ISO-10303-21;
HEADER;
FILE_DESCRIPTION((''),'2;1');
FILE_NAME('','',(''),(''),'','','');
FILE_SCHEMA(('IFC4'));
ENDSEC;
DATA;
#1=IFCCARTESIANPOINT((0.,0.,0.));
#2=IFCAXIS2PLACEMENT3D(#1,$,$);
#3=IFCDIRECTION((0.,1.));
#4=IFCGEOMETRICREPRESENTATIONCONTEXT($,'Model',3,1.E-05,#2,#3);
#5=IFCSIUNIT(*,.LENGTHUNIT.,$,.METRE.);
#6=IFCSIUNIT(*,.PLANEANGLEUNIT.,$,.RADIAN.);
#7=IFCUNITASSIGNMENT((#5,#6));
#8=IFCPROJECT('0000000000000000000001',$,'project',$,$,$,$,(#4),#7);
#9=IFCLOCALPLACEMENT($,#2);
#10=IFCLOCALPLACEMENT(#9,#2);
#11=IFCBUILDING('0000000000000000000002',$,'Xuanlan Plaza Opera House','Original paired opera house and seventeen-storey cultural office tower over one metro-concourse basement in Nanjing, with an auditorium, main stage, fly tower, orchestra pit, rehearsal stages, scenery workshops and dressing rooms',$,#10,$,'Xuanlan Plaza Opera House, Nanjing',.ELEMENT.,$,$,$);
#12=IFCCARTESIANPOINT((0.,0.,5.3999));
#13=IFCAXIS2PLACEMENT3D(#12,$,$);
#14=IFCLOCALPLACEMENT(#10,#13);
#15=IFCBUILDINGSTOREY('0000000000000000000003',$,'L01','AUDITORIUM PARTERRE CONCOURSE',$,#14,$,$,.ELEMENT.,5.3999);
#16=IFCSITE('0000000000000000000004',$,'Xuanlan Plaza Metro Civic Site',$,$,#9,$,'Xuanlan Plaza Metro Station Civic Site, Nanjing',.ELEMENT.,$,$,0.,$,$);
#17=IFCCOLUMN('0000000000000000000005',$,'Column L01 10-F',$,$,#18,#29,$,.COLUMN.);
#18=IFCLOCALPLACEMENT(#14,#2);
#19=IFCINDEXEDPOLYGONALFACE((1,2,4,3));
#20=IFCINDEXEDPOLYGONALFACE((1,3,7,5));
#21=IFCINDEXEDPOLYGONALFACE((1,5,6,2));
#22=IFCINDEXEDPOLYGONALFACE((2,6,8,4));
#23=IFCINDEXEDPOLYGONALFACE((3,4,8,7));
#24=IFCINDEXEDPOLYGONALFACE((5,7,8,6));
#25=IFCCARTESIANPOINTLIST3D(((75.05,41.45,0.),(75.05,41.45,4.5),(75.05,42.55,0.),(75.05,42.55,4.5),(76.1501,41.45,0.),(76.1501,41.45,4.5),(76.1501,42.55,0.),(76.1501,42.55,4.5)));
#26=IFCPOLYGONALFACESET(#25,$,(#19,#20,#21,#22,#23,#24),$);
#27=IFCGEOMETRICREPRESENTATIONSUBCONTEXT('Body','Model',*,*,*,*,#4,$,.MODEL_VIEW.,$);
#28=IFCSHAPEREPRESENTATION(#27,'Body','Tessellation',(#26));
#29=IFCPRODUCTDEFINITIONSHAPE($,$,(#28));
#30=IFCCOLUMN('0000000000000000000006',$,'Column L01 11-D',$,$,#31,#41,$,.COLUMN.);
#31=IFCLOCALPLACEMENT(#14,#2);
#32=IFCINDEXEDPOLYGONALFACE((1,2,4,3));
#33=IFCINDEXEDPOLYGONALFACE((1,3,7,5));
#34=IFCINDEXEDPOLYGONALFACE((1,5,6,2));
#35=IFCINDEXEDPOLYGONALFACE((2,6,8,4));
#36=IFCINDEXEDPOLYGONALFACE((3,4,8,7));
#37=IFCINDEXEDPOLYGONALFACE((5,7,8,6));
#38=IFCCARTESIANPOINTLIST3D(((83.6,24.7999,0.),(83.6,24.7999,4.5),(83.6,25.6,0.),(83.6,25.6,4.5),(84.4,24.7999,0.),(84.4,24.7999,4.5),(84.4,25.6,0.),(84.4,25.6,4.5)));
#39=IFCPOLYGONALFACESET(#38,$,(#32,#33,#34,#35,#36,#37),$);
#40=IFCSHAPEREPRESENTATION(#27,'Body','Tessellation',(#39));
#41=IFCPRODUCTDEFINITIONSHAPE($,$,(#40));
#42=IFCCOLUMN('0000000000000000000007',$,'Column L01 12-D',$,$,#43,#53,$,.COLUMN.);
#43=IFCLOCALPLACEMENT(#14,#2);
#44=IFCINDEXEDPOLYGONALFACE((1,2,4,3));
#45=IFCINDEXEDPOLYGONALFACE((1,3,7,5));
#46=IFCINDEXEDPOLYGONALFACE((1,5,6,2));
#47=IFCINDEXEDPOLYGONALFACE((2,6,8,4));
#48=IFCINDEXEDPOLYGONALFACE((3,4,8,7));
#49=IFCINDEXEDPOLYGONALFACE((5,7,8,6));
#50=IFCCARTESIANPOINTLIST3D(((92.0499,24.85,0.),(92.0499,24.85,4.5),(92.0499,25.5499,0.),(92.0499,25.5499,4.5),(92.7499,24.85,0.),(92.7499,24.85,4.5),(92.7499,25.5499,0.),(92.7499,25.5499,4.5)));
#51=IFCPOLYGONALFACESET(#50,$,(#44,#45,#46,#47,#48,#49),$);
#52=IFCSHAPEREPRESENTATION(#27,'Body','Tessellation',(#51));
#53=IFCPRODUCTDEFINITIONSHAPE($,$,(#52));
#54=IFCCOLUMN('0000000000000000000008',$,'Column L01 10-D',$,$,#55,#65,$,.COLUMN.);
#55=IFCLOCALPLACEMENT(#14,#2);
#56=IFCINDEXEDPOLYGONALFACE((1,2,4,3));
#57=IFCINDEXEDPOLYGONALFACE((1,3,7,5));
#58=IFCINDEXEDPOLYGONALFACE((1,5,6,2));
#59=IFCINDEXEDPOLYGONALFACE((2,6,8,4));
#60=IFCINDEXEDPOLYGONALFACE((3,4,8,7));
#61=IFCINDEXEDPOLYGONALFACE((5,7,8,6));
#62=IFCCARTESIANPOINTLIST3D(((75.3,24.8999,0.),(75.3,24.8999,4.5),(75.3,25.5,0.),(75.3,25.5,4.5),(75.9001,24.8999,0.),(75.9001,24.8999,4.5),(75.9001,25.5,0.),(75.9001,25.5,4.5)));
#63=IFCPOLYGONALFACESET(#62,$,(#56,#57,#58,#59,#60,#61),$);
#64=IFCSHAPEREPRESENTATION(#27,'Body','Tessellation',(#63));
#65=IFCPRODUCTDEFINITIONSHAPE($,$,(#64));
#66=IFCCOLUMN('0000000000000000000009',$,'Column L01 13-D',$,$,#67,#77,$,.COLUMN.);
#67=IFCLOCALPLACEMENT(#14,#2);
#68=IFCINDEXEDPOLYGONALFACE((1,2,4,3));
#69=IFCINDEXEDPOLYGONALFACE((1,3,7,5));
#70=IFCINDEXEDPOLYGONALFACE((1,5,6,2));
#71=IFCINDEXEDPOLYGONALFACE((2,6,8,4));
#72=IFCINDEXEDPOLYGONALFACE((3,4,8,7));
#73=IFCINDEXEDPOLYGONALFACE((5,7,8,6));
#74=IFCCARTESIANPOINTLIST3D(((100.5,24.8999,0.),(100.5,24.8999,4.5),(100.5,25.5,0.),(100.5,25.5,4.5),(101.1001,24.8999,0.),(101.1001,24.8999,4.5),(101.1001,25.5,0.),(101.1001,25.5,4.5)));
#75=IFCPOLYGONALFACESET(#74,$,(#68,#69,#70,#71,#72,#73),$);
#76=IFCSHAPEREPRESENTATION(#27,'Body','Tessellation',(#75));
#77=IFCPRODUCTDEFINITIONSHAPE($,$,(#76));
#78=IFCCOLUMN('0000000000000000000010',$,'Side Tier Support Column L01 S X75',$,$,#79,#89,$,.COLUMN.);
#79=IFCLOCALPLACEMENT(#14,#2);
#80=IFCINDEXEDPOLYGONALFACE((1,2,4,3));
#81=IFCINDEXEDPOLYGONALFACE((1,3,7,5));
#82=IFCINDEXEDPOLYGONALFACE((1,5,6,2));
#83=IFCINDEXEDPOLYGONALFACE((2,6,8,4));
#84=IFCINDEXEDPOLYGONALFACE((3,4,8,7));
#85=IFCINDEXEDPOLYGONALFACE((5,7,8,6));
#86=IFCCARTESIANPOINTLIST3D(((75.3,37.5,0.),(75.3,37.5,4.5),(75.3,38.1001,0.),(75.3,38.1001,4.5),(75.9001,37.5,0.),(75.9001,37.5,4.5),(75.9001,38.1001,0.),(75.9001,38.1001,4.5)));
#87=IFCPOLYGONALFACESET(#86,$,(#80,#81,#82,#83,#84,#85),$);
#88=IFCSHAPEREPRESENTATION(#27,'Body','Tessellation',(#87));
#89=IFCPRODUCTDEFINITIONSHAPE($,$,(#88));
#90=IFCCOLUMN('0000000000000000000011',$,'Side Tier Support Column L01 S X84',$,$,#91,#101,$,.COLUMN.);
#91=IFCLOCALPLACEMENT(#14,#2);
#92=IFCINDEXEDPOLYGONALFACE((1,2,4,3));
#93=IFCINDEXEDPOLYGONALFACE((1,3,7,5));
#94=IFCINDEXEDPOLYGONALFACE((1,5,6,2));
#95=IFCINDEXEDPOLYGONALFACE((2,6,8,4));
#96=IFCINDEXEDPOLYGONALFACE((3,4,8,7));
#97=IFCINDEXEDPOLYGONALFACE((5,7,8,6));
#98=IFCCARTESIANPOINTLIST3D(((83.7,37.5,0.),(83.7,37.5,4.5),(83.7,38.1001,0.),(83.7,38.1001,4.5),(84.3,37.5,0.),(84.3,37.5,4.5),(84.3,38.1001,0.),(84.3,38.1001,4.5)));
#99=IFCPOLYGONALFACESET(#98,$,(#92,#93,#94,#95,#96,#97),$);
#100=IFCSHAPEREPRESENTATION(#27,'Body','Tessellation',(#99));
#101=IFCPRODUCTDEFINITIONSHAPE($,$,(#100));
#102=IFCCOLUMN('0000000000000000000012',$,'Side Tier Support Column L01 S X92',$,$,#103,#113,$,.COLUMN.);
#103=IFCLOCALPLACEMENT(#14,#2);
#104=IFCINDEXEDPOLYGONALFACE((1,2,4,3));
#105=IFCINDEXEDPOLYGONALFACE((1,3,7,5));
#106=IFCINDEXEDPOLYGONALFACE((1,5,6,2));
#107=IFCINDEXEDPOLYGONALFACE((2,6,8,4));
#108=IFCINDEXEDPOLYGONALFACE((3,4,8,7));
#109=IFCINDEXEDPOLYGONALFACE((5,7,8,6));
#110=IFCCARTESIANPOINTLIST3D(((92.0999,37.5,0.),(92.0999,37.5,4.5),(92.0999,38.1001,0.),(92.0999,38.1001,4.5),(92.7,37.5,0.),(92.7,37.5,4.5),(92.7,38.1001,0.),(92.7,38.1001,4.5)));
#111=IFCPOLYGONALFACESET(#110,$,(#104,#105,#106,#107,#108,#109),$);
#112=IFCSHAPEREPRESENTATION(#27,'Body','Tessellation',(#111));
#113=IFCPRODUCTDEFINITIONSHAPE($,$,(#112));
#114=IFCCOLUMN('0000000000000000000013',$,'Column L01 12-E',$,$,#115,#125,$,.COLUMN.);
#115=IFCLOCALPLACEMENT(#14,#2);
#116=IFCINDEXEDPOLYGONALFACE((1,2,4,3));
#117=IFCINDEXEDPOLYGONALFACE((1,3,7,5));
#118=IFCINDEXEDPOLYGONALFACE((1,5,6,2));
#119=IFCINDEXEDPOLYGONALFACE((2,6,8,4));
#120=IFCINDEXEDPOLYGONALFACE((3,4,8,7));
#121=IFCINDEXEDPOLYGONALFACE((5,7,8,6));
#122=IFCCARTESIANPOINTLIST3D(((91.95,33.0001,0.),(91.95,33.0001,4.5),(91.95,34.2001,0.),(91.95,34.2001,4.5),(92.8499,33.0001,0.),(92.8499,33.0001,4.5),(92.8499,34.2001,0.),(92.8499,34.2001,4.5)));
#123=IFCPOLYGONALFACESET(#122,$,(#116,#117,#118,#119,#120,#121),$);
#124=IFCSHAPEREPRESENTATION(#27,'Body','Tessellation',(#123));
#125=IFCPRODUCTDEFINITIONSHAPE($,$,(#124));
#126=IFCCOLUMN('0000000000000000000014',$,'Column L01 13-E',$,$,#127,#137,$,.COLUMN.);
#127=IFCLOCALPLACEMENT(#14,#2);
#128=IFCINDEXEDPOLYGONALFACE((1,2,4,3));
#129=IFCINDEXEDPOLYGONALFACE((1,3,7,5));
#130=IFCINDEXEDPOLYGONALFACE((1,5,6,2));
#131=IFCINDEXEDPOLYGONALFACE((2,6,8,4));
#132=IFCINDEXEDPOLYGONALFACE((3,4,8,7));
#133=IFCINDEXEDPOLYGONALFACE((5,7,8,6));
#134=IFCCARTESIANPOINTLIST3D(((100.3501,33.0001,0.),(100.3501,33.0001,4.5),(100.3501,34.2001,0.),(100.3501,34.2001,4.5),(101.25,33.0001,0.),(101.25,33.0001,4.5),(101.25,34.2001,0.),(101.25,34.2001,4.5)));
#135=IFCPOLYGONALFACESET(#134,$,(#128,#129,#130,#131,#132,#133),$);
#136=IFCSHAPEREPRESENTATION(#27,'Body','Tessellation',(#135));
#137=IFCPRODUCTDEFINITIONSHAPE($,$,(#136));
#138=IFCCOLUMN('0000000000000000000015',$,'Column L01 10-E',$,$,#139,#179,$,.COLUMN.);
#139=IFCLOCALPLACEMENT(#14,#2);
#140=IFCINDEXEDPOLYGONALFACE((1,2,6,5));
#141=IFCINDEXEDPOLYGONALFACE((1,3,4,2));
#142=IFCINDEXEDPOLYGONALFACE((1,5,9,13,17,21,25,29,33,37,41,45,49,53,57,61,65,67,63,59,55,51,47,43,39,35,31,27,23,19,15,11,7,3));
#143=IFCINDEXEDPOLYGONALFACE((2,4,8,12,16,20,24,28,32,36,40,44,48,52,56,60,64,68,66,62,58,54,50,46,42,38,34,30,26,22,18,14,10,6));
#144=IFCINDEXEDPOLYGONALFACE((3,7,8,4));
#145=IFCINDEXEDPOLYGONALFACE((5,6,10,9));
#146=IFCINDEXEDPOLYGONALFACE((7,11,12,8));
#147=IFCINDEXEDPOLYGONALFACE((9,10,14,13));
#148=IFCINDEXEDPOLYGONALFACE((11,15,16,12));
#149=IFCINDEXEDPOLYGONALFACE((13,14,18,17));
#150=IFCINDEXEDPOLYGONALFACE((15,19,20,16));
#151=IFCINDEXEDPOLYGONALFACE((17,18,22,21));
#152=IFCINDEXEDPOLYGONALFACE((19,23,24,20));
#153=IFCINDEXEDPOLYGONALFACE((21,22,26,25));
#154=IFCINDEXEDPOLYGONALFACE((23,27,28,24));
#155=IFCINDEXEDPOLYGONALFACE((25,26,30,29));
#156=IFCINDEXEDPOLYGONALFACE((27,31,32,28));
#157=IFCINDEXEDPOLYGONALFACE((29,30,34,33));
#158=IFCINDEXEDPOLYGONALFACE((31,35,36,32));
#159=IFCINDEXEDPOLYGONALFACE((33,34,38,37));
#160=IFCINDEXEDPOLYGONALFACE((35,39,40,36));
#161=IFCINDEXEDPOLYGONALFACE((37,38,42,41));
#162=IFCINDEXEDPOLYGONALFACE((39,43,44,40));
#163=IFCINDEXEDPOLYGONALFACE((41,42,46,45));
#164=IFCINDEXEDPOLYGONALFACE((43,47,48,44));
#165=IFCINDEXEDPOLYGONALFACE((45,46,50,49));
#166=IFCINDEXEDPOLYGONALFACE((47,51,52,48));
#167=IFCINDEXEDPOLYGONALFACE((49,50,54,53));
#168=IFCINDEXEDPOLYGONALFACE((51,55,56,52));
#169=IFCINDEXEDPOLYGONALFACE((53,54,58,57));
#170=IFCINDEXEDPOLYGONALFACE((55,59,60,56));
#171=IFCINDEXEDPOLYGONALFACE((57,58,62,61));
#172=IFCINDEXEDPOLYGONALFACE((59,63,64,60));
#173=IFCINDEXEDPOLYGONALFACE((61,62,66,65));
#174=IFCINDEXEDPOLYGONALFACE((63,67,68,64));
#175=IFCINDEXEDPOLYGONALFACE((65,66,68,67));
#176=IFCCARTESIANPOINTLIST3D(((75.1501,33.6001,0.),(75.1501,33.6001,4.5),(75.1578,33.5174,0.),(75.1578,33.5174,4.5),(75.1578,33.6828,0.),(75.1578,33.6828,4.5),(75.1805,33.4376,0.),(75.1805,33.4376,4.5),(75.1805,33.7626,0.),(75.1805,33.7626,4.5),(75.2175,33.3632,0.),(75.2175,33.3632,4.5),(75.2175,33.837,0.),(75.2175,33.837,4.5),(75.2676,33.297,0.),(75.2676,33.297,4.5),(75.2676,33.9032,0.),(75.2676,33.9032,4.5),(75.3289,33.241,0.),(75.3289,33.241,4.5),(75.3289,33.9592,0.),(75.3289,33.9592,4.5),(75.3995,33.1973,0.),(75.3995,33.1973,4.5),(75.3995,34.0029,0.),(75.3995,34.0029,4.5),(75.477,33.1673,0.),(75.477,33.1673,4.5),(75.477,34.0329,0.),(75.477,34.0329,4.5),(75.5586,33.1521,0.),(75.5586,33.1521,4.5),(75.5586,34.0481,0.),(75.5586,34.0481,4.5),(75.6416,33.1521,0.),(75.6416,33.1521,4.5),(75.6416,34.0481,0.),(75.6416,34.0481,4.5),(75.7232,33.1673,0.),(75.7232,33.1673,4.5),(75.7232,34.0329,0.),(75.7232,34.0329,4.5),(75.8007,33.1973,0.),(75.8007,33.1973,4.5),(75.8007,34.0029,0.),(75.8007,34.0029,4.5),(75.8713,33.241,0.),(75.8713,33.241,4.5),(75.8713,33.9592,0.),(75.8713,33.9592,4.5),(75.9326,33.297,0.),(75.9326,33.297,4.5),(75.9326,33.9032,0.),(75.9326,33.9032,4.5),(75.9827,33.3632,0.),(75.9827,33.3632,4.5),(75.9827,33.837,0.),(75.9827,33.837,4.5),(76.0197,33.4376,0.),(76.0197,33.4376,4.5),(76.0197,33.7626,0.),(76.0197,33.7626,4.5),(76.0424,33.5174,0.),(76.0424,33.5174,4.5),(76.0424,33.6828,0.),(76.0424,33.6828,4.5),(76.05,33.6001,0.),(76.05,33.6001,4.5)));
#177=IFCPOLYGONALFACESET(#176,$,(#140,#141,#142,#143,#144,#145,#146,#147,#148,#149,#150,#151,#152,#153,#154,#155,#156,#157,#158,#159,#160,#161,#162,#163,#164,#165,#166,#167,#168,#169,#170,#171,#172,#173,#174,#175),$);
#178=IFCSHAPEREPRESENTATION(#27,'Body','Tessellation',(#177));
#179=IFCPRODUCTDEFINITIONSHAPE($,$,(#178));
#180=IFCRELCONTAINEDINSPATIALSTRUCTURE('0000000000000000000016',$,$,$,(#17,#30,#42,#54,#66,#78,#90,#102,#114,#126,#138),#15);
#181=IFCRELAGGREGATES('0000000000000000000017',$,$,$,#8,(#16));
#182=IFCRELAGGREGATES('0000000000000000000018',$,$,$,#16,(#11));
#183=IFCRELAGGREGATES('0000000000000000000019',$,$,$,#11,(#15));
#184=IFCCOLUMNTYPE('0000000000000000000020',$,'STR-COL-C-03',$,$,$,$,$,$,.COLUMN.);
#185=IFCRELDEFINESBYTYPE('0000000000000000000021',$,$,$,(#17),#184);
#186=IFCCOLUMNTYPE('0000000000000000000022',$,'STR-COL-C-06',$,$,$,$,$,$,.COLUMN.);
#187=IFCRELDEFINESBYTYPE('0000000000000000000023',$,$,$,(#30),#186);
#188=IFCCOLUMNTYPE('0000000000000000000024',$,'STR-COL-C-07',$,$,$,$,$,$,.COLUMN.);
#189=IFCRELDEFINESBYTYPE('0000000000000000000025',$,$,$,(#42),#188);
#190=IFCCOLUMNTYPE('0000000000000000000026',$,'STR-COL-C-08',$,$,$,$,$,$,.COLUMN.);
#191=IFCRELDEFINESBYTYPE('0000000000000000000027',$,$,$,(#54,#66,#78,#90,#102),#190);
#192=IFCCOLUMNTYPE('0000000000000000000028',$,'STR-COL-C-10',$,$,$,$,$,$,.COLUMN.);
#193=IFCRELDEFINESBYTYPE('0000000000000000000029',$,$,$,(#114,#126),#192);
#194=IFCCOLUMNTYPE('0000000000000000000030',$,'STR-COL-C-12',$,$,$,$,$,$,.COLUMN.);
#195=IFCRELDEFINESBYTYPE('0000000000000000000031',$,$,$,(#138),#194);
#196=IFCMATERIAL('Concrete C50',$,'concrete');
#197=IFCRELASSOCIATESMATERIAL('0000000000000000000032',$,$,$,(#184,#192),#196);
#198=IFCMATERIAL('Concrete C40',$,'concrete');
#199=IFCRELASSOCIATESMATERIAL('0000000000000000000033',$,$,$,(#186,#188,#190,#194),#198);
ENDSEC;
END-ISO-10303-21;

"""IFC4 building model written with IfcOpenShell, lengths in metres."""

from ifc_helpers import new_model, si_unit, direction, frame, origin, origin_2d, place, context, subcontext, project, spatial, rectangle, circle, extrude, material, material_profile, profile_set, type_object, element, save


model = new_model("IFC4")

# Units and contexts
model_context = context("Model", 3, precision=1e-05, world=origin(), true_north=direction((0.0, 1.0)))
body_context = subcontext(model_context, "Body", "Model", "MODEL_VIEW")
ifc_project = project(units=[si_unit("LENGTHUNIT", "METRE"), si_unit("PLANEANGLEUNIT", "RADIAN")], contexts=[model_context])

# Site, building, storey
site_placement = place(None, origin())
site = spatial("IfcSite", under=ifc_project, at=site_placement, Name="Xuanlan Plaza Metro Civic Site", LongName="Xuanlan Plaza Metro Station Civic Site, Nanjing", CompositionType="ELEMENT", RefElevation=0.0)
building_placement = place(site_placement, origin())
building = spatial("IfcBuilding", under=site, at=building_placement, Name="Xuanlan Plaza Opera House", Description="Original paired opera house and seventeen-storey cultural office tower over one metro-concourse basement in Nanjing, with an auditorium, main stage, fly tower, orchestra pit, rehearsal stages, scenery workshops and dressing rooms", LongName="Xuanlan Plaza Opera House, Nanjing", CompositionType="ELEMENT")
storey_placement = place(building_placement, frame((0.0, 0.0, 5.3999)))
storey = spatial("IfcBuildingStorey", under=building, at=storey_placement, Name="L01", Description="AUDITORIUM PARTERRE CONCOURSE", CompositionType="ELEMENT", Elevation=5.3999)

# Columns
ifc_material_1 = material(Name="Concrete C50", Category="concrete")
ifc_material_profile_1 = material_profile(ifc_material_1, rectangle(XDim=1.1001, YDim=1.1001, at=origin_2d()), Name="RC-COL 1100x1100")
ifc_profile_set_1 = profile_set([ifc_material_profile_1], Name="Concrete C50")
column_type_1 = type_object("IfcColumnType", Name="STR-COL-C-03", PredefinedType="COLUMN", material=ifc_profile_set_1)
column_1_placement = place(storey_placement, frame((75.6001, 42.0, 0.0), z_axis=(0.0, 0.0, 1.0), x_axis=(1.0, 0.0, 0.0)))
element("IfcColumn", 1, at=column_1_placement, inside=storey, type_object=column_type_1, Name="Column L01 10-F", PredefinedType="COLUMN", context=body_context, shape_type="SweptSolid", body=[
    extrude(rectangle(XDim=1.1001, YDim=1.1001, at=origin_2d()), origin(), (0.0, 0.0, 1.0), 4.5),
])
ifc_material_2 = material(Name="Concrete C40", Category="concrete")
ifc_material_profile_2 = material_profile(ifc_material_2, rectangle(XDim=0.8, YDim=0.8, at=origin_2d()), Name="RC-COL 800x800")
ifc_profile_set_2 = profile_set([ifc_material_profile_2], Name="Concrete C40")
column_type_2 = type_object("IfcColumnType", Name="STR-COL-C-06", PredefinedType="COLUMN", material=ifc_profile_set_2)
column_2_placement = place(storey_placement, frame((84.0, 25.2, 0.0), z_axis=(0.0, 0.0, 1.0), x_axis=(1.0, 0.0, 0.0)))
element("IfcColumn", 2, at=column_2_placement, inside=storey, type_object=column_type_2, Name="Column L01 11-D", PredefinedType="COLUMN", context=body_context, shape_type="SweptSolid", body=[
    extrude(rectangle(XDim=0.8, YDim=0.8, at=origin_2d()), origin(), (0.0, 0.0, 1.0), 4.5),
])
ifc_material_profile_3 = material_profile(ifc_material_2, rectangle(XDim=0.7, YDim=0.7, at=origin_2d()), Name="RC-COL 700x700")
ifc_profile_set_3 = profile_set([ifc_material_profile_3], Name="Concrete C40")
column_type_3 = type_object("IfcColumnType", Name="STR-COL-C-07", PredefinedType="COLUMN", material=ifc_profile_set_3)
column_3_placement = place(storey_placement, frame((92.3999, 25.2, 0.0), z_axis=(0.0, 0.0, 1.0), x_axis=(1.0, 0.0, 0.0)))
element("IfcColumn", 3, at=column_3_placement, inside=storey, type_object=column_type_3, Name="Column L01 12-D", PredefinedType="COLUMN", context=body_context, shape_type="SweptSolid", body=[
    extrude(rectangle(XDim=0.7, YDim=0.7, at=origin_2d()), origin(), (0.0, 0.0, 1.0), 4.5),
])
ifc_material_profile_4 = material_profile(ifc_material_2, rectangle(XDim=0.6001, YDim=0.6001, at=origin_2d()), Name="RC-COL 600x600")
ifc_profile_set_4 = profile_set([ifc_material_profile_4], Name="Concrete C40")
column_type_4 = type_object("IfcColumnType", Name="STR-COL-C-08", PredefinedType="COLUMN", material=ifc_profile_set_4)
for number, where, z_axis, x_axis, name in (
    (4, (75.6001, 25.2, 0.0), (0.0, 0.0, 1.0), (1.0, 0.0, 0.0), "Column L01 10-D"),
    (5, (100.8, 25.2, 0.0), (0.0, 0.0, 1.0), (1.0, 0.0, 0.0), "Column L01 13-D"),
    (6, (75.6001, 37.8, 0.0), (0.0, 0.0, 1.0), (1.0, 0.0, 0.0), "Side Tier Support Column L01 S X75"),
    (7, (84.0, 37.8, 0.0), (0.0, 0.0, 1.0), (1.0, 0.0, 0.0), "Side Tier Support Column L01 S X84"),
    (8, (92.3999, 37.8, 0.0), (0.0, 0.0, 1.0), (1.0, 0.0, 0.0), "Side Tier Support Column L01 S X92"),
):
    element("IfcColumn", number, at=place(storey_placement, frame(where, z_axis=z_axis, x_axis=x_axis)), inside=storey, type_object=column_type_4, Name=name, PredefinedType="COLUMN", context=body_context, shape_type="SweptSolid", body=[
        extrude(rectangle(XDim=0.6001, YDim=0.6001, at=origin_2d()), origin(), (0.0, 0.0, 1.0), 4.5),
    ])
ifc_material_profile_5 = material_profile(ifc_material_1, rectangle(XDim=0.8999, YDim=1.2, at=origin_2d()), Name="RC-COL 900x1200")
ifc_profile_set_5 = profile_set([ifc_material_profile_5], Name="Concrete C50")
column_type_5 = type_object("IfcColumnType", Name="STR-COL-C-10", PredefinedType="COLUMN", material=ifc_profile_set_5)
for number, where, z_axis, x_axis, name in (
    (9, (92.3999, 33.6001, 0.0), (0.0, 0.0, 1.0), (1.0, 0.0, 0.0), "Column L01 12-E"),
    (10, (100.8, 33.6001, 0.0), (0.0, 0.0, 1.0), (1.0, 0.0, 0.0), "Column L01 13-E"),
):
    element("IfcColumn", number, at=place(storey_placement, frame(where, z_axis=z_axis, x_axis=x_axis)), inside=storey, type_object=column_type_5, Name=name, PredefinedType="COLUMN", context=body_context, shape_type="SweptSolid", body=[
        extrude(rectangle(XDim=0.8999, YDim=1.2, at=origin_2d()), origin(), (0.0, 0.0, 1.0), 4.5),
    ])
ifc_material_profile_6 = material_profile(ifc_material_2, circle(Radius=0.45, at=origin_2d()), Name="RC-COL D900")
ifc_profile_set_6 = profile_set([ifc_material_profile_6], Name="Concrete C40")
column_type_6 = type_object("IfcColumnType", Name="STR-COL-C-12", PredefinedType="COLUMN", material=ifc_profile_set_6)
for number, where, z_axis, x_axis, name in (
    (11, (75.6001, 33.6001, 0.0), (0.0, 0.0, 1.0), (1.0, 0.0, 0.0), "Column L01 10-E"),
):
    element("IfcColumn", number, at=place(storey_placement, frame(where, z_axis=z_axis, x_axis=x_axis)), inside=storey, type_object=column_type_6, Name=name, PredefinedType="COLUMN", context=body_context, shape_type="SweptSolid", body=[
        extrude(circle(Radius=0.45, at=origin_2d()), origin(), (0.0, 0.0, 1.0), 4.5),
    ])

save(model, "model.ifc")
